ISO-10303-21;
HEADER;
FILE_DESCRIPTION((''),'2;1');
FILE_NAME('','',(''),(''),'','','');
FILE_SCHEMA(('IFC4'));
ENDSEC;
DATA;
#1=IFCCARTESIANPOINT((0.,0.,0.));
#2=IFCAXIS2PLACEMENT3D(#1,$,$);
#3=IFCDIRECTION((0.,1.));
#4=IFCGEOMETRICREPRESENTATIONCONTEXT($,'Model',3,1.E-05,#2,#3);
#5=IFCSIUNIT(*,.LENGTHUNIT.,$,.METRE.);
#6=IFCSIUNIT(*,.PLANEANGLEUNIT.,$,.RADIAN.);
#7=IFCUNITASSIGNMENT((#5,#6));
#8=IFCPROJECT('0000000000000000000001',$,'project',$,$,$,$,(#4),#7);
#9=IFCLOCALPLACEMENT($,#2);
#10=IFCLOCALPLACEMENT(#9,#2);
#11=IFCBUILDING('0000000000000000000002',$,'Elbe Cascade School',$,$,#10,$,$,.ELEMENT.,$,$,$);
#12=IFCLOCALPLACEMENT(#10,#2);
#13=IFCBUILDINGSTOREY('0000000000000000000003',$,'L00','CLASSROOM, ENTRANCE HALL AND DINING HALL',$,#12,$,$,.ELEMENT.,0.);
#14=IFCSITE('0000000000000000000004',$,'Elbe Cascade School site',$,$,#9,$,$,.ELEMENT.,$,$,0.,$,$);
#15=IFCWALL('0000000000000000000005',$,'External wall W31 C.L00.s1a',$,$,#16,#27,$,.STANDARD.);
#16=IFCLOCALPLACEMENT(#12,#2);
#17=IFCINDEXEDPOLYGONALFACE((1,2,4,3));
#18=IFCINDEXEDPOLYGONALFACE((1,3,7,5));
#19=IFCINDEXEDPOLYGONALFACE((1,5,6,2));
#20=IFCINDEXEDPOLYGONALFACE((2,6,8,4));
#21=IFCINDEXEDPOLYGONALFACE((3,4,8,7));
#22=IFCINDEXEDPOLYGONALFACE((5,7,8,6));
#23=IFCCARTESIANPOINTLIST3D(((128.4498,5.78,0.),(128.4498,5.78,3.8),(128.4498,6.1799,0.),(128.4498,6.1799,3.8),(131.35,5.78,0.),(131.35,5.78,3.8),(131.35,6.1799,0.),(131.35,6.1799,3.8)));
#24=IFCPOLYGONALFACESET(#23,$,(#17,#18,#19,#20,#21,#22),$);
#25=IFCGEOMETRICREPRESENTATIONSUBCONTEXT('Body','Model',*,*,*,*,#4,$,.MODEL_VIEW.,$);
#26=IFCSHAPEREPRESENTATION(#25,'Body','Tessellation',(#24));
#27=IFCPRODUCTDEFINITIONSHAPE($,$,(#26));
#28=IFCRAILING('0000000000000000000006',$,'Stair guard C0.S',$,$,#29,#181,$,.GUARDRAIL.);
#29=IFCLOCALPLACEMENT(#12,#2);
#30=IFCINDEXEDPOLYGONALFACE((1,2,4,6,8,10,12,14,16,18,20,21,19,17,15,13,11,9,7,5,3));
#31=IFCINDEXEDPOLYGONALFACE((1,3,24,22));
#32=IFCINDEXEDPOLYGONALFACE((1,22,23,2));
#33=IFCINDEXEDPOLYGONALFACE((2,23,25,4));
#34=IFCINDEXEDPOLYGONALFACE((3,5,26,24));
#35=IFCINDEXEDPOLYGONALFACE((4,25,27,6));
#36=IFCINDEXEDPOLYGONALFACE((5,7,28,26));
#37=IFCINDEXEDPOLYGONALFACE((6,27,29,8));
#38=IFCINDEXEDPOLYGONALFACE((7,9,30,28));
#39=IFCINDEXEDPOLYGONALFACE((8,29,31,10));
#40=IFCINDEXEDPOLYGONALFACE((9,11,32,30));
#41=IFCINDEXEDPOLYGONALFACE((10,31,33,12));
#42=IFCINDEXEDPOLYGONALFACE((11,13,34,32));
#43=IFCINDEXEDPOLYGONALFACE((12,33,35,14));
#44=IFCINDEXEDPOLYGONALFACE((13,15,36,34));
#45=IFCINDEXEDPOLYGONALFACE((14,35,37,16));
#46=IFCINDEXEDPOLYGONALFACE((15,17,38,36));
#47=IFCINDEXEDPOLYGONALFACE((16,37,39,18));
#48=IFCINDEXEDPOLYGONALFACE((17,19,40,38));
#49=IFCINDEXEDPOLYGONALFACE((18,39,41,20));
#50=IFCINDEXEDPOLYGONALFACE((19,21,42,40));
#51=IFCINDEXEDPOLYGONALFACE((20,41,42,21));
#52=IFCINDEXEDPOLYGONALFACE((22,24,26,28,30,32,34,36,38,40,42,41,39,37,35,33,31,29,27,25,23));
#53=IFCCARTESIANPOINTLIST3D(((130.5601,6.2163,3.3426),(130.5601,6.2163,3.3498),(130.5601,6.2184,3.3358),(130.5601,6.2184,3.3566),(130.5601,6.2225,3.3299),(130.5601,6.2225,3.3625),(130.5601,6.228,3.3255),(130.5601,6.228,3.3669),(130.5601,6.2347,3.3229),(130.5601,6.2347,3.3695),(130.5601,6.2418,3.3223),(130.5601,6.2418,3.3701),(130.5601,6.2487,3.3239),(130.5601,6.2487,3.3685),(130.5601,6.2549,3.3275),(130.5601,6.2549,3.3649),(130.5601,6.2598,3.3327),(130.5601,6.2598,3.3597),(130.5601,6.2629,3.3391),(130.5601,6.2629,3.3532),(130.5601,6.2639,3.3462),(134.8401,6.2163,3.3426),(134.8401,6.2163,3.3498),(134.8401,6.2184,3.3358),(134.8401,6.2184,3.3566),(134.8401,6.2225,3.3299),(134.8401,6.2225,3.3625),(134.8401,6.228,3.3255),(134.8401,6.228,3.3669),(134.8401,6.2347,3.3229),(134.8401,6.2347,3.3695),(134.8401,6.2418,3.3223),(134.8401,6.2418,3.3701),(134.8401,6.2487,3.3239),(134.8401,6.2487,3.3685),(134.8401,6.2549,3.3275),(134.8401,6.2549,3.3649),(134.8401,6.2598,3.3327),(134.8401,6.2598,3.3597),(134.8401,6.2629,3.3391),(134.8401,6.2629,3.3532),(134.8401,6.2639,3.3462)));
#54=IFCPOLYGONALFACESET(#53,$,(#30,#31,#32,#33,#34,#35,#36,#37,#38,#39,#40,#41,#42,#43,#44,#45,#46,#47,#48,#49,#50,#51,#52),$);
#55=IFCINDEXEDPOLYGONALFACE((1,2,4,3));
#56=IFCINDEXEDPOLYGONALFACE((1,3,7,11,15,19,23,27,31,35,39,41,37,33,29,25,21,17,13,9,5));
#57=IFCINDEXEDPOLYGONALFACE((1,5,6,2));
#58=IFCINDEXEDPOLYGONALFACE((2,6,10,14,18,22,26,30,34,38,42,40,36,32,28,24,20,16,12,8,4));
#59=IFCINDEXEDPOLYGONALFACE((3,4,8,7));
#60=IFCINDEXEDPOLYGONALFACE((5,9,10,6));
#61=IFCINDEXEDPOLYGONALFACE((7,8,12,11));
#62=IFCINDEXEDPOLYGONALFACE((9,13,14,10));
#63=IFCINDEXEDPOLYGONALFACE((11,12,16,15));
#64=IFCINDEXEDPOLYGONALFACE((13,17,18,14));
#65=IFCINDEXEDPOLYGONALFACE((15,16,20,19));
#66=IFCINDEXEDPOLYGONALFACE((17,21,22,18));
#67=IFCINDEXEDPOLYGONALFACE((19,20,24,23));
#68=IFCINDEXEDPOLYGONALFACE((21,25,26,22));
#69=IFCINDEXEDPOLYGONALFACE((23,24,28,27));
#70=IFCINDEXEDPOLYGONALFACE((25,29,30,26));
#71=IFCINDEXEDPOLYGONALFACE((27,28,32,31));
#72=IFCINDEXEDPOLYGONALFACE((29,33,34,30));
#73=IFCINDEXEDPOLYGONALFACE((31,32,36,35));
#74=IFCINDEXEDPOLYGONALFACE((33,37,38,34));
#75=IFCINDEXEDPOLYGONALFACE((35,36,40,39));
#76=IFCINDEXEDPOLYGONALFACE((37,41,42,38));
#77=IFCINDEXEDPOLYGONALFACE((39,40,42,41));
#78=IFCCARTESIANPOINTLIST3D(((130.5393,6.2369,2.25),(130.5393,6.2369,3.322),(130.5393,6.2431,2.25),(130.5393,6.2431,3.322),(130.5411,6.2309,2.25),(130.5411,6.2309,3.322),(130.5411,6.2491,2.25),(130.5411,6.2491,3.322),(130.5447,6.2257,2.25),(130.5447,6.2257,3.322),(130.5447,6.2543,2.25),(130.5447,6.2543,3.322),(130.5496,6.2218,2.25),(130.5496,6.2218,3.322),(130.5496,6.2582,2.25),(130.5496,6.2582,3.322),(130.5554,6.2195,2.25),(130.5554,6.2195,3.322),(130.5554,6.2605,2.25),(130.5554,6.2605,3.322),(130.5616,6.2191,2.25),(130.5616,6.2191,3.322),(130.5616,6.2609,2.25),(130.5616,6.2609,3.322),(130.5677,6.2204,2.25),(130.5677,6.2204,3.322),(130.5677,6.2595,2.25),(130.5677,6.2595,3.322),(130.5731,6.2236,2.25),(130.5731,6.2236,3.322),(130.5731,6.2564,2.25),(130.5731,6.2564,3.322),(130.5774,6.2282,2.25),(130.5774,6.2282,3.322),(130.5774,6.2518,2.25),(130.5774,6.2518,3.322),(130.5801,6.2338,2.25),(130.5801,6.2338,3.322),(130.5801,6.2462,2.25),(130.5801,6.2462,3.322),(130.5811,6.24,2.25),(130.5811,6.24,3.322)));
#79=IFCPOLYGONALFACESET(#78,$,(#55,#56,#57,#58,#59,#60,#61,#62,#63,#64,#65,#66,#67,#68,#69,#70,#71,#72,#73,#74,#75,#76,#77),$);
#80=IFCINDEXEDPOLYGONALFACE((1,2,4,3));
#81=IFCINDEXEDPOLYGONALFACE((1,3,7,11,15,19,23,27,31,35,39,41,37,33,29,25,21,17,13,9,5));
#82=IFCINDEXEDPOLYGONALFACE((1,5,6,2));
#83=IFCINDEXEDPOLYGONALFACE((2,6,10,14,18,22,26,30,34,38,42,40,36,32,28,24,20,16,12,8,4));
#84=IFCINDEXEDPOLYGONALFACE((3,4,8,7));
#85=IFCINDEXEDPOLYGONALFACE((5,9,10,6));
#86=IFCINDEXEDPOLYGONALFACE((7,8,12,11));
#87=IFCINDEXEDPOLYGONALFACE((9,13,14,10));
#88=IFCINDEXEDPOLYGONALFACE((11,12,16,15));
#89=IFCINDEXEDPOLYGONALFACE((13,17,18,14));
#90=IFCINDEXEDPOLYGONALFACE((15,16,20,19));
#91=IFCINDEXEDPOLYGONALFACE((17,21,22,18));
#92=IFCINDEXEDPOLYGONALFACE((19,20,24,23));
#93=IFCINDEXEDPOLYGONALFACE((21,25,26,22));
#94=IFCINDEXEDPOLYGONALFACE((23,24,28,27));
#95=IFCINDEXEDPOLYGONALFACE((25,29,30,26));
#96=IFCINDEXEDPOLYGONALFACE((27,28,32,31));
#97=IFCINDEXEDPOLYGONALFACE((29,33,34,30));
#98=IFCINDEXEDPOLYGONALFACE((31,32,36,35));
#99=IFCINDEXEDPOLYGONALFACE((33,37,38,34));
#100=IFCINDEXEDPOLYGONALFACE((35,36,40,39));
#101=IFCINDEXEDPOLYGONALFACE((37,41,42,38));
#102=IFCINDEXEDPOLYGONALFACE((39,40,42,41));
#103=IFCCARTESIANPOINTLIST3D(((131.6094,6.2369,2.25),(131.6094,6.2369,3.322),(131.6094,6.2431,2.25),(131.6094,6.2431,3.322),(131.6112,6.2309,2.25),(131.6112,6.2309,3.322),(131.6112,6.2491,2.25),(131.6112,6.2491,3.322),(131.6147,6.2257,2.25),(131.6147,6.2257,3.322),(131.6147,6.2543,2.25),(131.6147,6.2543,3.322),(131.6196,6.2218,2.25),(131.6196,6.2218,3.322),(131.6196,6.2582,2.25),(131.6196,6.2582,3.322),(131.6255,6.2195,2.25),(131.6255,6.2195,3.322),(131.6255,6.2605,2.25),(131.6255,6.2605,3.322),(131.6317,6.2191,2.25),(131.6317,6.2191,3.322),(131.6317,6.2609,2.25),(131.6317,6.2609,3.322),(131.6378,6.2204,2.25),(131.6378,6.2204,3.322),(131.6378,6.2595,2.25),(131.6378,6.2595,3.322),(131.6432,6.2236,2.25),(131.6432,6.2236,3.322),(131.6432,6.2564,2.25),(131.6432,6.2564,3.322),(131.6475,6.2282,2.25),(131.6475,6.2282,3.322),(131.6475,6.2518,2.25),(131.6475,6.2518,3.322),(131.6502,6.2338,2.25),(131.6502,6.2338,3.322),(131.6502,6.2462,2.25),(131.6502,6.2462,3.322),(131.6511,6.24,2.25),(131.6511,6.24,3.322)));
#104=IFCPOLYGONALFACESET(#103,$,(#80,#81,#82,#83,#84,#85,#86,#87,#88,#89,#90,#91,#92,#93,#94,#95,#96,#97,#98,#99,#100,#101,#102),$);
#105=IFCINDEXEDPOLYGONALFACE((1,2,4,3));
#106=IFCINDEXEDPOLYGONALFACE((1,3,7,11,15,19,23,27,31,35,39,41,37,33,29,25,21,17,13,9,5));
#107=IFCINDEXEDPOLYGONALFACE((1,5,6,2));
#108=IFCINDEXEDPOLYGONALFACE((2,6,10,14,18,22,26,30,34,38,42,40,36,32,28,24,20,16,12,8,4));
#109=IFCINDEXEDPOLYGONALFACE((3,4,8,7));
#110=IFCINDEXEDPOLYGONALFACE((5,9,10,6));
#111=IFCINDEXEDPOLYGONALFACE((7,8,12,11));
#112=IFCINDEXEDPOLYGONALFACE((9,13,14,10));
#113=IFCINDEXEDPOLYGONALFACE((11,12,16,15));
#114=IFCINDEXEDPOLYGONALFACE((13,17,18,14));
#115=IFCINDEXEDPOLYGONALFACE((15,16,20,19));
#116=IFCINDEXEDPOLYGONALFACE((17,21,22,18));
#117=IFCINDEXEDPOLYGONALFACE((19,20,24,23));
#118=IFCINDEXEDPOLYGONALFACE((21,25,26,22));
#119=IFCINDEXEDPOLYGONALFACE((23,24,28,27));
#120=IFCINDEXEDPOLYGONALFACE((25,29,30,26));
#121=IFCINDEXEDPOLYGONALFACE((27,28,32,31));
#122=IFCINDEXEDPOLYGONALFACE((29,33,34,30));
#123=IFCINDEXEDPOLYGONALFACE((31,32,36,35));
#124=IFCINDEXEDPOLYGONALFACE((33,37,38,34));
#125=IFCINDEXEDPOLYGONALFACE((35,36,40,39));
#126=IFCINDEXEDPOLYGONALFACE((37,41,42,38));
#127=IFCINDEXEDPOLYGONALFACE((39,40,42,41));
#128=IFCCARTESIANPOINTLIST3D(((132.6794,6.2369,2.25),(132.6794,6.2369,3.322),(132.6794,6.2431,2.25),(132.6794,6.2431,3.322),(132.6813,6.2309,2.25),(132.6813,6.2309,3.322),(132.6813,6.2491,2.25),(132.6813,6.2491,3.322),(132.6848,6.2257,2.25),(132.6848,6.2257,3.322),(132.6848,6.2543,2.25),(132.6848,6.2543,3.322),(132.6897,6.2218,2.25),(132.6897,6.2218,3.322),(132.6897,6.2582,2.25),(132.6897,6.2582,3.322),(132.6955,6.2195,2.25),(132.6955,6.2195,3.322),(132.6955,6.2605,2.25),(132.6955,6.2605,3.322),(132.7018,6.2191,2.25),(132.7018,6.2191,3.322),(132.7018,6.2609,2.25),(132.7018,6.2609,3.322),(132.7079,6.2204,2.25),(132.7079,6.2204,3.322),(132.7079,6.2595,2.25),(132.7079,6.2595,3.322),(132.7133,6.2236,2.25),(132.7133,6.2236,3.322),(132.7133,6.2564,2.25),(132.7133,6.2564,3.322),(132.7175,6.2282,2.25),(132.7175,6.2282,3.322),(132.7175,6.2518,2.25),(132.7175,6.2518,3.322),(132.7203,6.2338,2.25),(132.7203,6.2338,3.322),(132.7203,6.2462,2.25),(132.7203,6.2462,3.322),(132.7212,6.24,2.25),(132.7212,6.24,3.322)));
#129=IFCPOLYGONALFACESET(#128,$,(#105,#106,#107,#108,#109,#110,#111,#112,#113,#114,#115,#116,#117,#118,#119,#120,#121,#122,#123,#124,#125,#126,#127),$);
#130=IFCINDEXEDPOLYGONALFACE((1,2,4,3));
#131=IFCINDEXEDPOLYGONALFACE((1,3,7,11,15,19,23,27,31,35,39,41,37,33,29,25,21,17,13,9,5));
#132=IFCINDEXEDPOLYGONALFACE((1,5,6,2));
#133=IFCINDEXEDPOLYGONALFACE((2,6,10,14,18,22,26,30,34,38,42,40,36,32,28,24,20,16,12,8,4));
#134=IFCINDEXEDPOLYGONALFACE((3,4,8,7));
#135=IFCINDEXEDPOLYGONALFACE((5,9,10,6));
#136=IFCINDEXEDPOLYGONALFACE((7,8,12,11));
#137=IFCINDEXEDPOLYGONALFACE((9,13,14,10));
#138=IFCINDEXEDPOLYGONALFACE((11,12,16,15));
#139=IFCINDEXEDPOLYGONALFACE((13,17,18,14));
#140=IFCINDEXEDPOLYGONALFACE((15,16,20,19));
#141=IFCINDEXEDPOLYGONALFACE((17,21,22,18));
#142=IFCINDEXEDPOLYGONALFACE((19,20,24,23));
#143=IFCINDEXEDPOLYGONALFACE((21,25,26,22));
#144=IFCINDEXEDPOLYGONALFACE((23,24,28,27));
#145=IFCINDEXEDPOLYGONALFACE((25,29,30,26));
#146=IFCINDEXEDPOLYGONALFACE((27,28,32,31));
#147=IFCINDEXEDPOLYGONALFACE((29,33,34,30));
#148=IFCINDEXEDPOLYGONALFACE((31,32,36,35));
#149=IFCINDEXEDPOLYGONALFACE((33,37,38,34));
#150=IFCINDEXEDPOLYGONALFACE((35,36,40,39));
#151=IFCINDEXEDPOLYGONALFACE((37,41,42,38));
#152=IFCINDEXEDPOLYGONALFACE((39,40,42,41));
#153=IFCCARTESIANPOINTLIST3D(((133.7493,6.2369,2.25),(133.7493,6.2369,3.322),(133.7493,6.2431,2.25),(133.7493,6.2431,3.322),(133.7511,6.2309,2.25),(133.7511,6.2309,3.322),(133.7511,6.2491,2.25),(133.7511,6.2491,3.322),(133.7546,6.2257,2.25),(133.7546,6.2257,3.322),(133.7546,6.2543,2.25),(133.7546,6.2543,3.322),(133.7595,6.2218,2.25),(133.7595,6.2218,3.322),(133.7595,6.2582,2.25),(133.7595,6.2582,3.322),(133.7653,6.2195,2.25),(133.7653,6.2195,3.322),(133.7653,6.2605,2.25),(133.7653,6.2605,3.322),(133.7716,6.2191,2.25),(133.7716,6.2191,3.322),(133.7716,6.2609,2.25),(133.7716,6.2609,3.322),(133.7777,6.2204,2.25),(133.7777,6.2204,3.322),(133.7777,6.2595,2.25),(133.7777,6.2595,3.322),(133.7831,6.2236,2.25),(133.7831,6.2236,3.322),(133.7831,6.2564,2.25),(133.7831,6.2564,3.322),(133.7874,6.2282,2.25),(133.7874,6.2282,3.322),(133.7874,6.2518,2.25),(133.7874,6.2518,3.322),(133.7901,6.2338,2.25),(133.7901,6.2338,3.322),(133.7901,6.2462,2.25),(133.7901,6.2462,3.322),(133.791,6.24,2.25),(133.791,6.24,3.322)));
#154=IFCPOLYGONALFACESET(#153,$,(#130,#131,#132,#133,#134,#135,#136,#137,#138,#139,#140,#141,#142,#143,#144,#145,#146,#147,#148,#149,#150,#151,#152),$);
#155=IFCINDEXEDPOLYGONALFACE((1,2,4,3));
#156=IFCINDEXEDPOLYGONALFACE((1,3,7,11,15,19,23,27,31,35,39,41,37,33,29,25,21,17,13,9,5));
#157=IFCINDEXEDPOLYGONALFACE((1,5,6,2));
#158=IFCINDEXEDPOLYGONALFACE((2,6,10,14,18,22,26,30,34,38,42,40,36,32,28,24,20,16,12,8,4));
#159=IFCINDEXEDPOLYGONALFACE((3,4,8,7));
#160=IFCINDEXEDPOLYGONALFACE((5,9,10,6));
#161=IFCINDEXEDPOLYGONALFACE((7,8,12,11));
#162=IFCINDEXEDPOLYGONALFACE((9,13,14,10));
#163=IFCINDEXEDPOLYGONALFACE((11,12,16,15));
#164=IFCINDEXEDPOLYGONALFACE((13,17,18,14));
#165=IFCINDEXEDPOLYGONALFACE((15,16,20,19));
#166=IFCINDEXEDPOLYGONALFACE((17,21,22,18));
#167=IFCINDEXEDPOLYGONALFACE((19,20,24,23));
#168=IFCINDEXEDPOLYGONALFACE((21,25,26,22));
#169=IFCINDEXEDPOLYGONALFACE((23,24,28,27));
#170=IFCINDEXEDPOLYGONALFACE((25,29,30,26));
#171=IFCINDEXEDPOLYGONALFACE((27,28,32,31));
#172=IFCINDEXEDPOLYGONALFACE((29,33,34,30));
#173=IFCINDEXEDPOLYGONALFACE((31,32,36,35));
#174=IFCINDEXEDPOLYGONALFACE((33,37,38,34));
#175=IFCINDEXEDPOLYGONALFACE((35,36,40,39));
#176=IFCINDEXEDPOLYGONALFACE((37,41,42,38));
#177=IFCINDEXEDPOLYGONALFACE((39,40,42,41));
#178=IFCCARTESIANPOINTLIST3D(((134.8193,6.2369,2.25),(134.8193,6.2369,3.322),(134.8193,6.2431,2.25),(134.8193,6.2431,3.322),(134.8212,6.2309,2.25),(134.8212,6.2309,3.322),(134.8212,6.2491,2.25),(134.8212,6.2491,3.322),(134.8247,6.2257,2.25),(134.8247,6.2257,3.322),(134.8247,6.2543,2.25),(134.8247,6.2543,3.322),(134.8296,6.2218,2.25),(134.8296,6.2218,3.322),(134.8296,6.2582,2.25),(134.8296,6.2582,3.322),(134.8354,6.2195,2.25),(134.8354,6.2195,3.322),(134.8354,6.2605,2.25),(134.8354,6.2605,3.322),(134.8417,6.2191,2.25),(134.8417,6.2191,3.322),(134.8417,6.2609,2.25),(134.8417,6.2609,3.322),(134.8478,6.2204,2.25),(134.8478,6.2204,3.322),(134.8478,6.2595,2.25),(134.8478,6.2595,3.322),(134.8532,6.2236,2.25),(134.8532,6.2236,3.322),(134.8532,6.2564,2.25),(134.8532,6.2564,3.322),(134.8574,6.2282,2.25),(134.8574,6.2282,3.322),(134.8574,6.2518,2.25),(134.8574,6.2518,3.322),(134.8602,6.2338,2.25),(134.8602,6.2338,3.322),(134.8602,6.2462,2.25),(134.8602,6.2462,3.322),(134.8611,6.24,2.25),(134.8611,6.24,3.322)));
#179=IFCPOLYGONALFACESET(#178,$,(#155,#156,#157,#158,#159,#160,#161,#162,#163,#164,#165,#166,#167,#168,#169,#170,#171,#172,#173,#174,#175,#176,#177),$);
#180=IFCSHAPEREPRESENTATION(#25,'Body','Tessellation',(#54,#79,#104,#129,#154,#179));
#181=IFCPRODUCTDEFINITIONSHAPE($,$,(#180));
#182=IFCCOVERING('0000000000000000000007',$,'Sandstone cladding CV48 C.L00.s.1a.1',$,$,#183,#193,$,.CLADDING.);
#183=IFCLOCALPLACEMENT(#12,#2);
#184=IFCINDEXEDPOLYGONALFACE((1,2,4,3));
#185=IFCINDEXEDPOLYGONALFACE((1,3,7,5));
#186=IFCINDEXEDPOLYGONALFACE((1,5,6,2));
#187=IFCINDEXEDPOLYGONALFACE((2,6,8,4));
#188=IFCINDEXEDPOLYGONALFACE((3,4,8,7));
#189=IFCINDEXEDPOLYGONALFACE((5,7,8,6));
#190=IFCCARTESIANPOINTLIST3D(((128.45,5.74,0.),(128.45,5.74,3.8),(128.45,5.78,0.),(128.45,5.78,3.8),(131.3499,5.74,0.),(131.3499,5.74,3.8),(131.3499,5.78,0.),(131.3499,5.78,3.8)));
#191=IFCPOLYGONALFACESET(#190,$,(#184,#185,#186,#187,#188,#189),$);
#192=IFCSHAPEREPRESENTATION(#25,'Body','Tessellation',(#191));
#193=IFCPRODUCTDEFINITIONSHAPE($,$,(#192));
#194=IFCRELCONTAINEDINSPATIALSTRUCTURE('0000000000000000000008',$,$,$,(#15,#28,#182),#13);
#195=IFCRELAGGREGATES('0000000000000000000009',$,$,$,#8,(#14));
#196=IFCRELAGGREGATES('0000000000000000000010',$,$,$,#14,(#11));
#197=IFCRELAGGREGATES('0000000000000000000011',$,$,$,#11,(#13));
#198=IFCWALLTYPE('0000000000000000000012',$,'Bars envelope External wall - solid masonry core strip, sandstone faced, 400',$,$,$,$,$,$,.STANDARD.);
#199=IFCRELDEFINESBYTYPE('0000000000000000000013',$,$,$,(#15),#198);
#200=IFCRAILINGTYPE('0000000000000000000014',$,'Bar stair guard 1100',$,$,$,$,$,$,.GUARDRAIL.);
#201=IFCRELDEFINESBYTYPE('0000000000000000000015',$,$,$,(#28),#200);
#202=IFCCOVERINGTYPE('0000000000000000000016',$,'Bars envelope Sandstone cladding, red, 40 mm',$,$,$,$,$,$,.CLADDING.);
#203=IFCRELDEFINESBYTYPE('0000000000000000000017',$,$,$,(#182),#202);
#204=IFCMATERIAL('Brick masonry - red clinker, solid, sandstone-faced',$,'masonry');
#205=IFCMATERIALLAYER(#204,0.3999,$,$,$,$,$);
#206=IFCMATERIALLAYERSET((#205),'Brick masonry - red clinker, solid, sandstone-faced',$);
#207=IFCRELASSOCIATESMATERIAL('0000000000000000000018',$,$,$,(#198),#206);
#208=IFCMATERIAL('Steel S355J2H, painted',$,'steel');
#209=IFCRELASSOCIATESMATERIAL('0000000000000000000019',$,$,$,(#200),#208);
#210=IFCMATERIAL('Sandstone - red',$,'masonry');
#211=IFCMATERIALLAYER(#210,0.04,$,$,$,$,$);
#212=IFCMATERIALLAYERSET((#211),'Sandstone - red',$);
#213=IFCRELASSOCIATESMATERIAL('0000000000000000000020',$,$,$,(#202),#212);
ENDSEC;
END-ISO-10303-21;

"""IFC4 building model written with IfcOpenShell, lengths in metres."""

from ifc_helpers import new_model, si_unit, direction, frame, frame_2d, origin, origin_2d, place, context, subcontext, project, spatial, rectangle, circle, extrude, material, layer, layer_set, type_object, element, save


model = new_model("IFC4")

# Units and contexts
model_context = context("Model", 3, precision=1e-05, world=origin(), true_north=direction((0.0, 1.0)))
body_context = subcontext(model_context, "Body", "Model", "MODEL_VIEW")
ifc_project = project(units=[si_unit("LENGTHUNIT", "METRE"), si_unit("PLANEANGLEUNIT", "RADIAN")], contexts=[model_context])

# Site, building, storey
site_placement = place(None, origin())
site = spatial("IfcSite", under=ifc_project, at=site_placement, Name="Elbe Cascade School site", CompositionType="ELEMENT", RefElevation=0.0)
building_placement = place(site_placement, origin())
building = spatial("IfcBuilding", under=site, at=building_placement, Name="Elbe Cascade School", CompositionType="ELEMENT")
storey_placement = place(building_placement, origin())
storey = spatial("IfcBuildingStorey", under=building, at=storey_placement, Name="L00", Description="CLASSROOM, ENTRANCE HALL AND DINING HALL", CompositionType="ELEMENT", Elevation=0.0)

# Wall
ifc_material_1 = material(Name="Brick masonry - red clinker, solid, sandstone-faced", Category="masonry")
ifc_layer_1 = layer(ifc_material_1, 0.3999)
ifc_layer_set_1 = layer_set([ifc_layer_1], Name="Brick masonry - red clinker, solid, sandstone-faced")
wall_type_1 = type_object("IfcWallType", Name="Bars envelope External wall - solid masonry core strip, sandstone faced, 400", PredefinedType="STANDARD", material=ifc_layer_set_1)
wall_1_placement = place(storey_placement, frame((131.3501, 5.98, 0.0), z_axis=(0.0, 0.0, 1.0), x_axis=(-1.0, 0.0, 0.0)))
element("IfcWall", 1, at=wall_1_placement, inside=storey, type_object=wall_type_1, Name="External wall W31 C.L00.s1a", PredefinedType="STANDARD", context=body_context, shape_type="SweptSolid", body=[
    extrude(rectangle(XDim=2.9001, YDim=0.3999, at=frame_2d((1.4502, 0.0))), origin(), (0.0, 0.0, 1.0), 3.8),
])

# Railing
ifc_material_2 = material(Name="Steel S355J2H, painted", Category="steel")
railing_type_1 = type_object("IfcRailingType", Name="Bar stair guard 1100", PredefinedType="GUARDRAIL", material=ifc_material_2)
railing_1_placement = place(storey_placement, frame((130.5601, 6.24, 2.25)))
element("IfcRailing", 2, at=railing_1_placement, inside=storey, type_object=railing_type_1, Name="Stair guard C0.S", PredefinedType="GUARDRAIL", context=body_context, shape_type="SweptSolid", body=[
    extrude(circle(Radius=0.0239, at=origin_2d()), frame((0.0, 0.0, 1.0962), z_axis=(1.0, 0.0, 0.0), x_axis=(0.0, 1.0, 0.0)), (0.0, 0.0, 1.0), 4.28),
    extrude(circle(Radius=0.021, at=origin_2d()), origin(), (0.0, 0.0, 1.0), 1.072),
    extrude(circle(Radius=0.021, at=origin_2d()), frame((1.0701, 0.0, 0.0)), (0.0, 0.0, 1.0), 1.072),
    extrude(circle(Radius=0.021, at=origin_2d()), frame((2.1401, 0.0, 0.0)), (0.0, 0.0, 1.0), 1.072),
    extrude(circle(Radius=0.021, at=origin_2d()), frame((3.21, 0.0, 0.0)), (0.0, 0.0, 1.0), 1.072),
    extrude(circle(Radius=0.021, at=origin_2d()), frame((4.28, 0.0, 0.0)), (0.0, 0.0, 1.0), 1.072),
])

# Covering
ifc_material_3 = material(Name="Sandstone - red", Category="masonry")
ifc_layer_2 = layer(ifc_material_3, 0.04)
ifc_layer_set_2 = layer_set([ifc_layer_2], Name="Sandstone - red")
covering_type_1 = type_object("IfcCoveringType", Name="Bars envelope Sandstone cladding, red, 40 mm", PredefinedType="CLADDING", material=ifc_layer_set_2)
covering_1_placement = place(storey_placement, frame((129.8999, 5.76, 0.0), z_axis=(0.0, 0.0, 1.0), x_axis=(1.0, 0.0, 0.0)))
element("IfcCovering", 3, at=covering_1_placement, inside=storey, type_object=covering_type_1, Name="Sandstone cladding CV48 C.L00.s.1a.1", PredefinedType="CLADDING", context=body_context, shape_type="SweptSolid", body=[
    extrude(rectangle(XDim=2.8999, YDim=0.04, at=origin_2d()), origin(), (0.0, 0.0, 1.0), 3.8),
])

save(model, "model.ifc")
